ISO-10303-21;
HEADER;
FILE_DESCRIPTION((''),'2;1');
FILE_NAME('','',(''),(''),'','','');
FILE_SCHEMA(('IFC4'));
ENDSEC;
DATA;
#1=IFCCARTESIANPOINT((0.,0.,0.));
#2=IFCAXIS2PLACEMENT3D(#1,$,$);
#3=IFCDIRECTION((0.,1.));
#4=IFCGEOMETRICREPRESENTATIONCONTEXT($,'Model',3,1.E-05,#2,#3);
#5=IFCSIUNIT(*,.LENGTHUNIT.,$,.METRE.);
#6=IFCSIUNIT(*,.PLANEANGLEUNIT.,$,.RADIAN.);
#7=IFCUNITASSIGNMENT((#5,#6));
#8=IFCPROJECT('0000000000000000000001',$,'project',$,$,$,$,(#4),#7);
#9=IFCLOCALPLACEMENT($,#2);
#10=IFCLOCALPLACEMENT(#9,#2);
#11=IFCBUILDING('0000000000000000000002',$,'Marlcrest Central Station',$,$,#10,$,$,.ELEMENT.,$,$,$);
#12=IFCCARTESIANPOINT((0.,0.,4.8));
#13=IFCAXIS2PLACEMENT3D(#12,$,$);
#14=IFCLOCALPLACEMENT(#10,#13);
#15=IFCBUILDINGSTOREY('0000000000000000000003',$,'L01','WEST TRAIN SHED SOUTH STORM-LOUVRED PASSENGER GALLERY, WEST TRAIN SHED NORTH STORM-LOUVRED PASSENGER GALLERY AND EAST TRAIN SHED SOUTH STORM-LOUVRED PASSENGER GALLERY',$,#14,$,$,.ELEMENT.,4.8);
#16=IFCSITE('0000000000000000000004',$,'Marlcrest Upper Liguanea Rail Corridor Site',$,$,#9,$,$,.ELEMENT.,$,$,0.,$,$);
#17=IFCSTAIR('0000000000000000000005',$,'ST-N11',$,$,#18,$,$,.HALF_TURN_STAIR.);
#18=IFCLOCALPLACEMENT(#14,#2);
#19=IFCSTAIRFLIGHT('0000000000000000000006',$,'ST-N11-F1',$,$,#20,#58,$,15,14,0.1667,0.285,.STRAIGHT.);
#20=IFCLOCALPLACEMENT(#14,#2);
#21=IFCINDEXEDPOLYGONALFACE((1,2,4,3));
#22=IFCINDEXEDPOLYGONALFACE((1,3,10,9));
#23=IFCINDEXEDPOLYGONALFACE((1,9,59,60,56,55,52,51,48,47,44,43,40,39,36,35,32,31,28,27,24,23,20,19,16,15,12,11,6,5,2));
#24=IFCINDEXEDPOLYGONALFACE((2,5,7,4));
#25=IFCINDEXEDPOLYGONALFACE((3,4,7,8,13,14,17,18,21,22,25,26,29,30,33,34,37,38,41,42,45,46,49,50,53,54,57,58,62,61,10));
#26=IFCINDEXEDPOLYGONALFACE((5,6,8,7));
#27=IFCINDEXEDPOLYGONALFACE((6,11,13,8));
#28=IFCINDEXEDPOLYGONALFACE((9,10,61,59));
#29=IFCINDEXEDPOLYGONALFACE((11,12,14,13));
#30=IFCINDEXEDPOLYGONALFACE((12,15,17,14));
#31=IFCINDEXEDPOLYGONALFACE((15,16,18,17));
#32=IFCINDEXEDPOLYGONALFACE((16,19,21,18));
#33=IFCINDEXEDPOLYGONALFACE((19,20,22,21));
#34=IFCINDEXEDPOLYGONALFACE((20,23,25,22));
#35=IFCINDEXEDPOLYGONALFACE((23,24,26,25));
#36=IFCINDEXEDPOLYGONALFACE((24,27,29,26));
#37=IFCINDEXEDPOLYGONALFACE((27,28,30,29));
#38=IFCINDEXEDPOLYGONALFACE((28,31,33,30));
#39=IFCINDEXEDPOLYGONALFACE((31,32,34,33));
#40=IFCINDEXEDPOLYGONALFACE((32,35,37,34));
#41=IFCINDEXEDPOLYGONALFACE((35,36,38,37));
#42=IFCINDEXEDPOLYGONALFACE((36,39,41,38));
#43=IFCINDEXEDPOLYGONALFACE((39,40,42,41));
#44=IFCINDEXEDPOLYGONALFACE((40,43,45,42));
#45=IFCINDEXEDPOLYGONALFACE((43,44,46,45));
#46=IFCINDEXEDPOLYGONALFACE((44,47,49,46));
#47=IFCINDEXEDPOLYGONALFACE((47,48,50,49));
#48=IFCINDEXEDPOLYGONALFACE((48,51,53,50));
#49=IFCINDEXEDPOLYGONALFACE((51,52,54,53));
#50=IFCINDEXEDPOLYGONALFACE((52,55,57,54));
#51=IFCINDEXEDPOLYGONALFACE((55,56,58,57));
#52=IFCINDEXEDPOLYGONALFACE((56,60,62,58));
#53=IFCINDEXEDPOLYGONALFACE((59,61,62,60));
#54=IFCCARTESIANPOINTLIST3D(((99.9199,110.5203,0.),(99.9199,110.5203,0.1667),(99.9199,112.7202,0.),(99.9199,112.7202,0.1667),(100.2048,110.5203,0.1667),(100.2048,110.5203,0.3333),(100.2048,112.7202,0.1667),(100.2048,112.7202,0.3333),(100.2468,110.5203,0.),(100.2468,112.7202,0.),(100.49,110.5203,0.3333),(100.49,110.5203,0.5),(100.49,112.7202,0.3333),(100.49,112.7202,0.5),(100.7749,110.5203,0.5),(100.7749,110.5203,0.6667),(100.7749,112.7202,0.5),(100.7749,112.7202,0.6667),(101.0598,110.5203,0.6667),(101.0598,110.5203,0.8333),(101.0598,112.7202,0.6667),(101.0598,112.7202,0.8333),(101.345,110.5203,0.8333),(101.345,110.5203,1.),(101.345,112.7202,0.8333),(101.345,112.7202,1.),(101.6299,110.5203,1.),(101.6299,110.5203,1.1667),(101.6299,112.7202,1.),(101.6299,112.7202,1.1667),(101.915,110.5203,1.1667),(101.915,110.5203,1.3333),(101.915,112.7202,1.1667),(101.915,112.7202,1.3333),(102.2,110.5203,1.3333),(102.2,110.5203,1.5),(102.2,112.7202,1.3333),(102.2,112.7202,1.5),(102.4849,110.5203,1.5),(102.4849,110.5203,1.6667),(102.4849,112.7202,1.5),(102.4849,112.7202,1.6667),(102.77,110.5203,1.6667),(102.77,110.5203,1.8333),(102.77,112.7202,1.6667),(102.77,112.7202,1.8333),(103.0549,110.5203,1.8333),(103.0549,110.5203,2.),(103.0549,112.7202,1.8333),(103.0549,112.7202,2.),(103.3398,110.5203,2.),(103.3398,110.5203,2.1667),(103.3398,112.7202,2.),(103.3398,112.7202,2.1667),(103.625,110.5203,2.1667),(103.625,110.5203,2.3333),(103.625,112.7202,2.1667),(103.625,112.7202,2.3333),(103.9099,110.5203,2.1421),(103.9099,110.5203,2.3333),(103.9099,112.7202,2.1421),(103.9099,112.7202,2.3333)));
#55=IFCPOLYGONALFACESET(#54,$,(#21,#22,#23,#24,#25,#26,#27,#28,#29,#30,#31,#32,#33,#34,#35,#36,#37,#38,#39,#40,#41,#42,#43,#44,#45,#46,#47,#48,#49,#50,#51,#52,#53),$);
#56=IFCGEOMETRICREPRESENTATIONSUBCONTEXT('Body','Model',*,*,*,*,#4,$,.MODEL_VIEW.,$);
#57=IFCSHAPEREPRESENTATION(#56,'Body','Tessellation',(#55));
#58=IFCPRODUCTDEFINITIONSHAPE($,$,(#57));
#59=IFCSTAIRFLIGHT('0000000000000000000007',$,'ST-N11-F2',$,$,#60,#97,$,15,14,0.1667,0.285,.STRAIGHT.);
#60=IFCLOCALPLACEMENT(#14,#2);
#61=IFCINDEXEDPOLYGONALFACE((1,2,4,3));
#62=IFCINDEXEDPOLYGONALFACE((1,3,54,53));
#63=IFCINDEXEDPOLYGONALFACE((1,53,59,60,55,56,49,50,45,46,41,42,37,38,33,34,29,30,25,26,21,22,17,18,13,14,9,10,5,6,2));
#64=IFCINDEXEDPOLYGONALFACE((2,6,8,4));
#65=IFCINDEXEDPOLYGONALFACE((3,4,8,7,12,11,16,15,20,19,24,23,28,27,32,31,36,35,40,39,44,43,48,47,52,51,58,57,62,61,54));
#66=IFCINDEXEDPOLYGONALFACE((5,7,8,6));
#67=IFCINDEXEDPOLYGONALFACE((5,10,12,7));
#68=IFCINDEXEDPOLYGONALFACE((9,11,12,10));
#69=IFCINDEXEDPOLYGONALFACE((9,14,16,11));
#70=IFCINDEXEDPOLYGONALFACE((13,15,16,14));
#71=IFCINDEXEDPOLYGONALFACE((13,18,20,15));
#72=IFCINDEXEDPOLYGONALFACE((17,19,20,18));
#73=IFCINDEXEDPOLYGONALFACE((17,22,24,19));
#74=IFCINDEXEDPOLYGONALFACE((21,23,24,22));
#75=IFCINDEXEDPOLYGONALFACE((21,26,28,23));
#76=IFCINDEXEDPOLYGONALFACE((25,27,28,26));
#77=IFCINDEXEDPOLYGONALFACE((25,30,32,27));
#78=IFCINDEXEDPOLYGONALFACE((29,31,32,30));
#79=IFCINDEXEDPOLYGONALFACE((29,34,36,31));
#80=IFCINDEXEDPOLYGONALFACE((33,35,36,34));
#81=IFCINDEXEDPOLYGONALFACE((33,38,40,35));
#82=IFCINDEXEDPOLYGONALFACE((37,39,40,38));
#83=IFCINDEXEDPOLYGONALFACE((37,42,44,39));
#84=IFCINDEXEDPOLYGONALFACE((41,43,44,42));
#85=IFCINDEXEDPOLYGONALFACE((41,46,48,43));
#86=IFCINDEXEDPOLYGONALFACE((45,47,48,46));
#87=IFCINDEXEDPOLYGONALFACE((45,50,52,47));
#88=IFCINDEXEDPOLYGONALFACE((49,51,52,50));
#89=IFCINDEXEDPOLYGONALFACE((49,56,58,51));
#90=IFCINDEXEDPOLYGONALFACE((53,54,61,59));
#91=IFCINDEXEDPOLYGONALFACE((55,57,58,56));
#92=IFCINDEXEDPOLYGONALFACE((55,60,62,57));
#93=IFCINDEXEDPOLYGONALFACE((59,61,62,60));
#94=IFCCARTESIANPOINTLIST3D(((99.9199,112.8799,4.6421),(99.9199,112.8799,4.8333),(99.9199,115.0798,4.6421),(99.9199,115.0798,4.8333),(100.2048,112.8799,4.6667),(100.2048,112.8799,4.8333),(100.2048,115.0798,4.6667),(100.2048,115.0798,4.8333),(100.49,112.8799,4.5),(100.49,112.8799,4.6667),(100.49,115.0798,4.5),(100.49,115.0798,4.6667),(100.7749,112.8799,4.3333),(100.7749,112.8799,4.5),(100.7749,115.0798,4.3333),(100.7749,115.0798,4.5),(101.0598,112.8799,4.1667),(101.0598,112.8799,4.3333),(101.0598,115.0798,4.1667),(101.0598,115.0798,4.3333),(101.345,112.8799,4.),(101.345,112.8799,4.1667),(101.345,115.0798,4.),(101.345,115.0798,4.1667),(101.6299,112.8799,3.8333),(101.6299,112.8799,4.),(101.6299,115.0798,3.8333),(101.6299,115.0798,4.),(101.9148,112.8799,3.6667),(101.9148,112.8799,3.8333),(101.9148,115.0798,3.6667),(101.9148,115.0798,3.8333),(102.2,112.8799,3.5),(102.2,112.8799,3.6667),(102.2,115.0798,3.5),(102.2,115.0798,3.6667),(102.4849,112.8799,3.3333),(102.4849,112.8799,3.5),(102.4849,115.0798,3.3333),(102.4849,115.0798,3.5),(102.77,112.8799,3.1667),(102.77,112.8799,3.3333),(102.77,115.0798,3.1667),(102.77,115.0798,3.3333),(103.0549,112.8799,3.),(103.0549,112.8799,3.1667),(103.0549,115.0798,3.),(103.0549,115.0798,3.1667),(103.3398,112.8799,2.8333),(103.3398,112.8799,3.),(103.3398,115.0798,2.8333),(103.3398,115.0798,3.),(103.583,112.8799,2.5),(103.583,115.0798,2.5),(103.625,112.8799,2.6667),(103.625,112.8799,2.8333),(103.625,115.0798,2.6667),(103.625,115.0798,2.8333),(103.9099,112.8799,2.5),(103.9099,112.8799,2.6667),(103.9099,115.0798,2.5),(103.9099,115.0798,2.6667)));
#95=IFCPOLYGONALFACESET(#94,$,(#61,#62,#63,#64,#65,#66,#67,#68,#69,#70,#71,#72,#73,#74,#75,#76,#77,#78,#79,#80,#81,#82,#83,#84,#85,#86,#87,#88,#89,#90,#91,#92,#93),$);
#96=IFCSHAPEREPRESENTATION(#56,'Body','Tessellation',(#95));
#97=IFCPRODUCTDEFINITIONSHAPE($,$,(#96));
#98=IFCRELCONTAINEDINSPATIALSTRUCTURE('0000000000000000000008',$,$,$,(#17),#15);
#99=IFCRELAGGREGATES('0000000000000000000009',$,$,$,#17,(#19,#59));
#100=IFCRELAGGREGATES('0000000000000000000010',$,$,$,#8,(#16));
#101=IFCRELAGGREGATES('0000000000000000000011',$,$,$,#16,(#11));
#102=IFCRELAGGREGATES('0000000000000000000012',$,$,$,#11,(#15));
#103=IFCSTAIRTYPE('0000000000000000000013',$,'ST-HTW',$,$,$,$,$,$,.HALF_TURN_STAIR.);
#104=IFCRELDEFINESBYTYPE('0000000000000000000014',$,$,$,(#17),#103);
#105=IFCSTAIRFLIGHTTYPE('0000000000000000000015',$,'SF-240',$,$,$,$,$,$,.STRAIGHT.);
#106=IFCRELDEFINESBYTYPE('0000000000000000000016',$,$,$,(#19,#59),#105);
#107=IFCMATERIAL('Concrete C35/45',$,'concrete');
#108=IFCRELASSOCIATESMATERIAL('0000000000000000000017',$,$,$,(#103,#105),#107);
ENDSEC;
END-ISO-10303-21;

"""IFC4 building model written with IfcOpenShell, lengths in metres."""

from ifc_helpers import new_model, si_unit, direction, frame, origin, place, context, subcontext, project, spatial, polyline, outline, extrude, material, type_object, element, aggregate, save


model = new_model("IFC4")

# Units and contexts
model_context = context("Model", 3, precision=1e-05, world=origin(), true_north=direction((0.0, 1.0)))
body_context = subcontext(model_context, "Body", "Model", "MODEL_VIEW")
ifc_project = project(units=[si_unit("LENGTHUNIT", "METRE"), si_unit("PLANEANGLEUNIT", "RADIAN")], contexts=[model_context])

# Site, building, storey
site_placement = place(None, origin())
site = spatial("IfcSite", under=ifc_project, at=site_placement, Name="Marlcrest Upper Liguanea Rail Corridor Site", CompositionType="ELEMENT", RefElevation=0.0)
building_placement = place(site_placement, origin())
building = spatial("IfcBuilding", under=site, at=building_placement, Name="Marlcrest Central Station", CompositionType="ELEMENT")
storey_placement = place(building_placement, frame((0.0, 0.0, 4.8)))
storey = spatial("IfcBuildingStorey", under=building, at=storey_placement, Name="L01", Description="WEST TRAIN SHED SOUTH STORM-LOUVRED PASSENGER GALLERY, WEST TRAIN SHED NORTH STORM-LOUVRED PASSENGER GALLERY AND EAST TRAIN SHED SOUTH STORM-LOUVRED PASSENGER GALLERY", CompositionType="ELEMENT", Elevation=4.8)

# Stair, stair flights
ifc_material_1 = material(Name="Concrete C35/45", Category="concrete")
stair_type = type_object("IfcStairType", Name="ST-HTW", PredefinedType="HALF_TURN_STAIR", material=ifc_material_1)
stair_placement = place(storey_placement, origin())
stair = element("IfcStair", 1, at=stair_placement, inside=storey, type_object=stair_type, Name="ST-N11", PredefinedType="HALF_TURN_STAIR")
stair_flight_type = type_object("IfcStairFlightType", Name="SF-240", PredefinedType="STRAIGHT", material=ifc_material_1)
stair_flight_1_placement = place(storey_placement, frame((99.9199, 111.6201, 0.0), z_axis=(0.0, 0.0, 1.0), x_axis=(1.0, 0.0, 0.0)))
stair_flight_1 = element("IfcStairFlight", 2, at=stair_flight_1_placement, type_object=stair_flight_type, Name="ST-N11-F1", NumberOfRisers=15, NumberOfTreads=14, PredefinedType="STRAIGHT", RiserHeight=0.1667, TreadLength=0.285, context=body_context, shape_type="SweptSolid", body=[
    extrude(outline(polyline([(0.0, 0.0), (0.0, 0.1667), (0.2849, 0.1667), (0.2849, 0.3333), (0.5701, 0.3333), (0.5701, 0.5), (0.855, 0.5), (0.855, 0.6667), (1.1399, 0.6667), (1.1399, 0.8333), (1.425, 0.8333), (1.425, 1.0), (1.71, 1.0), (1.71, 1.1667), (1.9951, 1.1667), (1.9951, 1.3333), (2.28, 1.3333), (2.28, 1.5), (2.5649, 1.5), (2.5649, 1.6667), (2.8501, 1.6667), (2.8501, 1.8333), (3.135, 1.8333), (3.135, 2.0), (3.4199, 2.0), (3.4199, 2.1667), (3.7051, 2.1667), (3.7051, 2.3333), (3.99, 2.3333), (3.99, 2.5), (3.99, 2.1421), (0.3269, 0.0), (0.0, 0.0)])), frame((0.0, 1.1001, 0.0), z_axis=(0.0, -1.0, 0.0), x_axis=(1.0, 0.0, 0.0)), (0.0, 0.0, 1.0), 2.2),
])
stair_flight_2_placement = place(storey_placement, frame((103.9099, 113.98, 2.5), z_axis=(0.0, 0.0, 1.0), x_axis=(-1.0, 0.0, 0.0)))
stair_flight_2 = element("IfcStairFlight", 3, at=stair_flight_2_placement, type_object=stair_flight_type, Name="ST-N11-F2", NumberOfRisers=15, NumberOfTreads=14, PredefinedType="STRAIGHT", RiserHeight=0.1667, TreadLength=0.285, context=body_context, shape_type="SweptSolid", body=[
    extrude(outline(polyline([(0.0, 0.0), (0.0, 0.1667), (0.2849, 0.1667), (0.2849, 0.3333), (0.5701, 0.3333), (0.5701, 0.5), (0.855, 0.5), (0.855, 0.6667), (1.1399, 0.6667), (1.1399, 0.8333), (1.425, 0.8333), (1.425, 1.0), (1.71, 1.0), (1.71, 1.1667), (1.9951, 1.1667), (1.9951, 1.3333), (2.28, 1.3333), (2.28, 1.5), (2.5649, 1.5), (2.5649, 1.6667), (2.8501, 1.6667), (2.8501, 1.8333), (3.135, 1.8333), (3.135, 2.0), (3.4199, 2.0), (3.4199, 2.1667), (3.7051, 2.1667), (3.7051, 2.3333), (3.99, 2.3333), (3.99, 2.5), (3.99, 2.1421), (0.3269, 0.0), (0.0, 0.0)])), frame((0.0, 1.1001, 0.0), z_axis=(0.0, -1.0, 0.0), x_axis=(1.0, 0.0, 0.0)), (0.0, 0.0, 1.0), 2.2),
])
aggregate(stair, [stair_flight_1, stair_flight_2])

save(model, "model.ifc")
